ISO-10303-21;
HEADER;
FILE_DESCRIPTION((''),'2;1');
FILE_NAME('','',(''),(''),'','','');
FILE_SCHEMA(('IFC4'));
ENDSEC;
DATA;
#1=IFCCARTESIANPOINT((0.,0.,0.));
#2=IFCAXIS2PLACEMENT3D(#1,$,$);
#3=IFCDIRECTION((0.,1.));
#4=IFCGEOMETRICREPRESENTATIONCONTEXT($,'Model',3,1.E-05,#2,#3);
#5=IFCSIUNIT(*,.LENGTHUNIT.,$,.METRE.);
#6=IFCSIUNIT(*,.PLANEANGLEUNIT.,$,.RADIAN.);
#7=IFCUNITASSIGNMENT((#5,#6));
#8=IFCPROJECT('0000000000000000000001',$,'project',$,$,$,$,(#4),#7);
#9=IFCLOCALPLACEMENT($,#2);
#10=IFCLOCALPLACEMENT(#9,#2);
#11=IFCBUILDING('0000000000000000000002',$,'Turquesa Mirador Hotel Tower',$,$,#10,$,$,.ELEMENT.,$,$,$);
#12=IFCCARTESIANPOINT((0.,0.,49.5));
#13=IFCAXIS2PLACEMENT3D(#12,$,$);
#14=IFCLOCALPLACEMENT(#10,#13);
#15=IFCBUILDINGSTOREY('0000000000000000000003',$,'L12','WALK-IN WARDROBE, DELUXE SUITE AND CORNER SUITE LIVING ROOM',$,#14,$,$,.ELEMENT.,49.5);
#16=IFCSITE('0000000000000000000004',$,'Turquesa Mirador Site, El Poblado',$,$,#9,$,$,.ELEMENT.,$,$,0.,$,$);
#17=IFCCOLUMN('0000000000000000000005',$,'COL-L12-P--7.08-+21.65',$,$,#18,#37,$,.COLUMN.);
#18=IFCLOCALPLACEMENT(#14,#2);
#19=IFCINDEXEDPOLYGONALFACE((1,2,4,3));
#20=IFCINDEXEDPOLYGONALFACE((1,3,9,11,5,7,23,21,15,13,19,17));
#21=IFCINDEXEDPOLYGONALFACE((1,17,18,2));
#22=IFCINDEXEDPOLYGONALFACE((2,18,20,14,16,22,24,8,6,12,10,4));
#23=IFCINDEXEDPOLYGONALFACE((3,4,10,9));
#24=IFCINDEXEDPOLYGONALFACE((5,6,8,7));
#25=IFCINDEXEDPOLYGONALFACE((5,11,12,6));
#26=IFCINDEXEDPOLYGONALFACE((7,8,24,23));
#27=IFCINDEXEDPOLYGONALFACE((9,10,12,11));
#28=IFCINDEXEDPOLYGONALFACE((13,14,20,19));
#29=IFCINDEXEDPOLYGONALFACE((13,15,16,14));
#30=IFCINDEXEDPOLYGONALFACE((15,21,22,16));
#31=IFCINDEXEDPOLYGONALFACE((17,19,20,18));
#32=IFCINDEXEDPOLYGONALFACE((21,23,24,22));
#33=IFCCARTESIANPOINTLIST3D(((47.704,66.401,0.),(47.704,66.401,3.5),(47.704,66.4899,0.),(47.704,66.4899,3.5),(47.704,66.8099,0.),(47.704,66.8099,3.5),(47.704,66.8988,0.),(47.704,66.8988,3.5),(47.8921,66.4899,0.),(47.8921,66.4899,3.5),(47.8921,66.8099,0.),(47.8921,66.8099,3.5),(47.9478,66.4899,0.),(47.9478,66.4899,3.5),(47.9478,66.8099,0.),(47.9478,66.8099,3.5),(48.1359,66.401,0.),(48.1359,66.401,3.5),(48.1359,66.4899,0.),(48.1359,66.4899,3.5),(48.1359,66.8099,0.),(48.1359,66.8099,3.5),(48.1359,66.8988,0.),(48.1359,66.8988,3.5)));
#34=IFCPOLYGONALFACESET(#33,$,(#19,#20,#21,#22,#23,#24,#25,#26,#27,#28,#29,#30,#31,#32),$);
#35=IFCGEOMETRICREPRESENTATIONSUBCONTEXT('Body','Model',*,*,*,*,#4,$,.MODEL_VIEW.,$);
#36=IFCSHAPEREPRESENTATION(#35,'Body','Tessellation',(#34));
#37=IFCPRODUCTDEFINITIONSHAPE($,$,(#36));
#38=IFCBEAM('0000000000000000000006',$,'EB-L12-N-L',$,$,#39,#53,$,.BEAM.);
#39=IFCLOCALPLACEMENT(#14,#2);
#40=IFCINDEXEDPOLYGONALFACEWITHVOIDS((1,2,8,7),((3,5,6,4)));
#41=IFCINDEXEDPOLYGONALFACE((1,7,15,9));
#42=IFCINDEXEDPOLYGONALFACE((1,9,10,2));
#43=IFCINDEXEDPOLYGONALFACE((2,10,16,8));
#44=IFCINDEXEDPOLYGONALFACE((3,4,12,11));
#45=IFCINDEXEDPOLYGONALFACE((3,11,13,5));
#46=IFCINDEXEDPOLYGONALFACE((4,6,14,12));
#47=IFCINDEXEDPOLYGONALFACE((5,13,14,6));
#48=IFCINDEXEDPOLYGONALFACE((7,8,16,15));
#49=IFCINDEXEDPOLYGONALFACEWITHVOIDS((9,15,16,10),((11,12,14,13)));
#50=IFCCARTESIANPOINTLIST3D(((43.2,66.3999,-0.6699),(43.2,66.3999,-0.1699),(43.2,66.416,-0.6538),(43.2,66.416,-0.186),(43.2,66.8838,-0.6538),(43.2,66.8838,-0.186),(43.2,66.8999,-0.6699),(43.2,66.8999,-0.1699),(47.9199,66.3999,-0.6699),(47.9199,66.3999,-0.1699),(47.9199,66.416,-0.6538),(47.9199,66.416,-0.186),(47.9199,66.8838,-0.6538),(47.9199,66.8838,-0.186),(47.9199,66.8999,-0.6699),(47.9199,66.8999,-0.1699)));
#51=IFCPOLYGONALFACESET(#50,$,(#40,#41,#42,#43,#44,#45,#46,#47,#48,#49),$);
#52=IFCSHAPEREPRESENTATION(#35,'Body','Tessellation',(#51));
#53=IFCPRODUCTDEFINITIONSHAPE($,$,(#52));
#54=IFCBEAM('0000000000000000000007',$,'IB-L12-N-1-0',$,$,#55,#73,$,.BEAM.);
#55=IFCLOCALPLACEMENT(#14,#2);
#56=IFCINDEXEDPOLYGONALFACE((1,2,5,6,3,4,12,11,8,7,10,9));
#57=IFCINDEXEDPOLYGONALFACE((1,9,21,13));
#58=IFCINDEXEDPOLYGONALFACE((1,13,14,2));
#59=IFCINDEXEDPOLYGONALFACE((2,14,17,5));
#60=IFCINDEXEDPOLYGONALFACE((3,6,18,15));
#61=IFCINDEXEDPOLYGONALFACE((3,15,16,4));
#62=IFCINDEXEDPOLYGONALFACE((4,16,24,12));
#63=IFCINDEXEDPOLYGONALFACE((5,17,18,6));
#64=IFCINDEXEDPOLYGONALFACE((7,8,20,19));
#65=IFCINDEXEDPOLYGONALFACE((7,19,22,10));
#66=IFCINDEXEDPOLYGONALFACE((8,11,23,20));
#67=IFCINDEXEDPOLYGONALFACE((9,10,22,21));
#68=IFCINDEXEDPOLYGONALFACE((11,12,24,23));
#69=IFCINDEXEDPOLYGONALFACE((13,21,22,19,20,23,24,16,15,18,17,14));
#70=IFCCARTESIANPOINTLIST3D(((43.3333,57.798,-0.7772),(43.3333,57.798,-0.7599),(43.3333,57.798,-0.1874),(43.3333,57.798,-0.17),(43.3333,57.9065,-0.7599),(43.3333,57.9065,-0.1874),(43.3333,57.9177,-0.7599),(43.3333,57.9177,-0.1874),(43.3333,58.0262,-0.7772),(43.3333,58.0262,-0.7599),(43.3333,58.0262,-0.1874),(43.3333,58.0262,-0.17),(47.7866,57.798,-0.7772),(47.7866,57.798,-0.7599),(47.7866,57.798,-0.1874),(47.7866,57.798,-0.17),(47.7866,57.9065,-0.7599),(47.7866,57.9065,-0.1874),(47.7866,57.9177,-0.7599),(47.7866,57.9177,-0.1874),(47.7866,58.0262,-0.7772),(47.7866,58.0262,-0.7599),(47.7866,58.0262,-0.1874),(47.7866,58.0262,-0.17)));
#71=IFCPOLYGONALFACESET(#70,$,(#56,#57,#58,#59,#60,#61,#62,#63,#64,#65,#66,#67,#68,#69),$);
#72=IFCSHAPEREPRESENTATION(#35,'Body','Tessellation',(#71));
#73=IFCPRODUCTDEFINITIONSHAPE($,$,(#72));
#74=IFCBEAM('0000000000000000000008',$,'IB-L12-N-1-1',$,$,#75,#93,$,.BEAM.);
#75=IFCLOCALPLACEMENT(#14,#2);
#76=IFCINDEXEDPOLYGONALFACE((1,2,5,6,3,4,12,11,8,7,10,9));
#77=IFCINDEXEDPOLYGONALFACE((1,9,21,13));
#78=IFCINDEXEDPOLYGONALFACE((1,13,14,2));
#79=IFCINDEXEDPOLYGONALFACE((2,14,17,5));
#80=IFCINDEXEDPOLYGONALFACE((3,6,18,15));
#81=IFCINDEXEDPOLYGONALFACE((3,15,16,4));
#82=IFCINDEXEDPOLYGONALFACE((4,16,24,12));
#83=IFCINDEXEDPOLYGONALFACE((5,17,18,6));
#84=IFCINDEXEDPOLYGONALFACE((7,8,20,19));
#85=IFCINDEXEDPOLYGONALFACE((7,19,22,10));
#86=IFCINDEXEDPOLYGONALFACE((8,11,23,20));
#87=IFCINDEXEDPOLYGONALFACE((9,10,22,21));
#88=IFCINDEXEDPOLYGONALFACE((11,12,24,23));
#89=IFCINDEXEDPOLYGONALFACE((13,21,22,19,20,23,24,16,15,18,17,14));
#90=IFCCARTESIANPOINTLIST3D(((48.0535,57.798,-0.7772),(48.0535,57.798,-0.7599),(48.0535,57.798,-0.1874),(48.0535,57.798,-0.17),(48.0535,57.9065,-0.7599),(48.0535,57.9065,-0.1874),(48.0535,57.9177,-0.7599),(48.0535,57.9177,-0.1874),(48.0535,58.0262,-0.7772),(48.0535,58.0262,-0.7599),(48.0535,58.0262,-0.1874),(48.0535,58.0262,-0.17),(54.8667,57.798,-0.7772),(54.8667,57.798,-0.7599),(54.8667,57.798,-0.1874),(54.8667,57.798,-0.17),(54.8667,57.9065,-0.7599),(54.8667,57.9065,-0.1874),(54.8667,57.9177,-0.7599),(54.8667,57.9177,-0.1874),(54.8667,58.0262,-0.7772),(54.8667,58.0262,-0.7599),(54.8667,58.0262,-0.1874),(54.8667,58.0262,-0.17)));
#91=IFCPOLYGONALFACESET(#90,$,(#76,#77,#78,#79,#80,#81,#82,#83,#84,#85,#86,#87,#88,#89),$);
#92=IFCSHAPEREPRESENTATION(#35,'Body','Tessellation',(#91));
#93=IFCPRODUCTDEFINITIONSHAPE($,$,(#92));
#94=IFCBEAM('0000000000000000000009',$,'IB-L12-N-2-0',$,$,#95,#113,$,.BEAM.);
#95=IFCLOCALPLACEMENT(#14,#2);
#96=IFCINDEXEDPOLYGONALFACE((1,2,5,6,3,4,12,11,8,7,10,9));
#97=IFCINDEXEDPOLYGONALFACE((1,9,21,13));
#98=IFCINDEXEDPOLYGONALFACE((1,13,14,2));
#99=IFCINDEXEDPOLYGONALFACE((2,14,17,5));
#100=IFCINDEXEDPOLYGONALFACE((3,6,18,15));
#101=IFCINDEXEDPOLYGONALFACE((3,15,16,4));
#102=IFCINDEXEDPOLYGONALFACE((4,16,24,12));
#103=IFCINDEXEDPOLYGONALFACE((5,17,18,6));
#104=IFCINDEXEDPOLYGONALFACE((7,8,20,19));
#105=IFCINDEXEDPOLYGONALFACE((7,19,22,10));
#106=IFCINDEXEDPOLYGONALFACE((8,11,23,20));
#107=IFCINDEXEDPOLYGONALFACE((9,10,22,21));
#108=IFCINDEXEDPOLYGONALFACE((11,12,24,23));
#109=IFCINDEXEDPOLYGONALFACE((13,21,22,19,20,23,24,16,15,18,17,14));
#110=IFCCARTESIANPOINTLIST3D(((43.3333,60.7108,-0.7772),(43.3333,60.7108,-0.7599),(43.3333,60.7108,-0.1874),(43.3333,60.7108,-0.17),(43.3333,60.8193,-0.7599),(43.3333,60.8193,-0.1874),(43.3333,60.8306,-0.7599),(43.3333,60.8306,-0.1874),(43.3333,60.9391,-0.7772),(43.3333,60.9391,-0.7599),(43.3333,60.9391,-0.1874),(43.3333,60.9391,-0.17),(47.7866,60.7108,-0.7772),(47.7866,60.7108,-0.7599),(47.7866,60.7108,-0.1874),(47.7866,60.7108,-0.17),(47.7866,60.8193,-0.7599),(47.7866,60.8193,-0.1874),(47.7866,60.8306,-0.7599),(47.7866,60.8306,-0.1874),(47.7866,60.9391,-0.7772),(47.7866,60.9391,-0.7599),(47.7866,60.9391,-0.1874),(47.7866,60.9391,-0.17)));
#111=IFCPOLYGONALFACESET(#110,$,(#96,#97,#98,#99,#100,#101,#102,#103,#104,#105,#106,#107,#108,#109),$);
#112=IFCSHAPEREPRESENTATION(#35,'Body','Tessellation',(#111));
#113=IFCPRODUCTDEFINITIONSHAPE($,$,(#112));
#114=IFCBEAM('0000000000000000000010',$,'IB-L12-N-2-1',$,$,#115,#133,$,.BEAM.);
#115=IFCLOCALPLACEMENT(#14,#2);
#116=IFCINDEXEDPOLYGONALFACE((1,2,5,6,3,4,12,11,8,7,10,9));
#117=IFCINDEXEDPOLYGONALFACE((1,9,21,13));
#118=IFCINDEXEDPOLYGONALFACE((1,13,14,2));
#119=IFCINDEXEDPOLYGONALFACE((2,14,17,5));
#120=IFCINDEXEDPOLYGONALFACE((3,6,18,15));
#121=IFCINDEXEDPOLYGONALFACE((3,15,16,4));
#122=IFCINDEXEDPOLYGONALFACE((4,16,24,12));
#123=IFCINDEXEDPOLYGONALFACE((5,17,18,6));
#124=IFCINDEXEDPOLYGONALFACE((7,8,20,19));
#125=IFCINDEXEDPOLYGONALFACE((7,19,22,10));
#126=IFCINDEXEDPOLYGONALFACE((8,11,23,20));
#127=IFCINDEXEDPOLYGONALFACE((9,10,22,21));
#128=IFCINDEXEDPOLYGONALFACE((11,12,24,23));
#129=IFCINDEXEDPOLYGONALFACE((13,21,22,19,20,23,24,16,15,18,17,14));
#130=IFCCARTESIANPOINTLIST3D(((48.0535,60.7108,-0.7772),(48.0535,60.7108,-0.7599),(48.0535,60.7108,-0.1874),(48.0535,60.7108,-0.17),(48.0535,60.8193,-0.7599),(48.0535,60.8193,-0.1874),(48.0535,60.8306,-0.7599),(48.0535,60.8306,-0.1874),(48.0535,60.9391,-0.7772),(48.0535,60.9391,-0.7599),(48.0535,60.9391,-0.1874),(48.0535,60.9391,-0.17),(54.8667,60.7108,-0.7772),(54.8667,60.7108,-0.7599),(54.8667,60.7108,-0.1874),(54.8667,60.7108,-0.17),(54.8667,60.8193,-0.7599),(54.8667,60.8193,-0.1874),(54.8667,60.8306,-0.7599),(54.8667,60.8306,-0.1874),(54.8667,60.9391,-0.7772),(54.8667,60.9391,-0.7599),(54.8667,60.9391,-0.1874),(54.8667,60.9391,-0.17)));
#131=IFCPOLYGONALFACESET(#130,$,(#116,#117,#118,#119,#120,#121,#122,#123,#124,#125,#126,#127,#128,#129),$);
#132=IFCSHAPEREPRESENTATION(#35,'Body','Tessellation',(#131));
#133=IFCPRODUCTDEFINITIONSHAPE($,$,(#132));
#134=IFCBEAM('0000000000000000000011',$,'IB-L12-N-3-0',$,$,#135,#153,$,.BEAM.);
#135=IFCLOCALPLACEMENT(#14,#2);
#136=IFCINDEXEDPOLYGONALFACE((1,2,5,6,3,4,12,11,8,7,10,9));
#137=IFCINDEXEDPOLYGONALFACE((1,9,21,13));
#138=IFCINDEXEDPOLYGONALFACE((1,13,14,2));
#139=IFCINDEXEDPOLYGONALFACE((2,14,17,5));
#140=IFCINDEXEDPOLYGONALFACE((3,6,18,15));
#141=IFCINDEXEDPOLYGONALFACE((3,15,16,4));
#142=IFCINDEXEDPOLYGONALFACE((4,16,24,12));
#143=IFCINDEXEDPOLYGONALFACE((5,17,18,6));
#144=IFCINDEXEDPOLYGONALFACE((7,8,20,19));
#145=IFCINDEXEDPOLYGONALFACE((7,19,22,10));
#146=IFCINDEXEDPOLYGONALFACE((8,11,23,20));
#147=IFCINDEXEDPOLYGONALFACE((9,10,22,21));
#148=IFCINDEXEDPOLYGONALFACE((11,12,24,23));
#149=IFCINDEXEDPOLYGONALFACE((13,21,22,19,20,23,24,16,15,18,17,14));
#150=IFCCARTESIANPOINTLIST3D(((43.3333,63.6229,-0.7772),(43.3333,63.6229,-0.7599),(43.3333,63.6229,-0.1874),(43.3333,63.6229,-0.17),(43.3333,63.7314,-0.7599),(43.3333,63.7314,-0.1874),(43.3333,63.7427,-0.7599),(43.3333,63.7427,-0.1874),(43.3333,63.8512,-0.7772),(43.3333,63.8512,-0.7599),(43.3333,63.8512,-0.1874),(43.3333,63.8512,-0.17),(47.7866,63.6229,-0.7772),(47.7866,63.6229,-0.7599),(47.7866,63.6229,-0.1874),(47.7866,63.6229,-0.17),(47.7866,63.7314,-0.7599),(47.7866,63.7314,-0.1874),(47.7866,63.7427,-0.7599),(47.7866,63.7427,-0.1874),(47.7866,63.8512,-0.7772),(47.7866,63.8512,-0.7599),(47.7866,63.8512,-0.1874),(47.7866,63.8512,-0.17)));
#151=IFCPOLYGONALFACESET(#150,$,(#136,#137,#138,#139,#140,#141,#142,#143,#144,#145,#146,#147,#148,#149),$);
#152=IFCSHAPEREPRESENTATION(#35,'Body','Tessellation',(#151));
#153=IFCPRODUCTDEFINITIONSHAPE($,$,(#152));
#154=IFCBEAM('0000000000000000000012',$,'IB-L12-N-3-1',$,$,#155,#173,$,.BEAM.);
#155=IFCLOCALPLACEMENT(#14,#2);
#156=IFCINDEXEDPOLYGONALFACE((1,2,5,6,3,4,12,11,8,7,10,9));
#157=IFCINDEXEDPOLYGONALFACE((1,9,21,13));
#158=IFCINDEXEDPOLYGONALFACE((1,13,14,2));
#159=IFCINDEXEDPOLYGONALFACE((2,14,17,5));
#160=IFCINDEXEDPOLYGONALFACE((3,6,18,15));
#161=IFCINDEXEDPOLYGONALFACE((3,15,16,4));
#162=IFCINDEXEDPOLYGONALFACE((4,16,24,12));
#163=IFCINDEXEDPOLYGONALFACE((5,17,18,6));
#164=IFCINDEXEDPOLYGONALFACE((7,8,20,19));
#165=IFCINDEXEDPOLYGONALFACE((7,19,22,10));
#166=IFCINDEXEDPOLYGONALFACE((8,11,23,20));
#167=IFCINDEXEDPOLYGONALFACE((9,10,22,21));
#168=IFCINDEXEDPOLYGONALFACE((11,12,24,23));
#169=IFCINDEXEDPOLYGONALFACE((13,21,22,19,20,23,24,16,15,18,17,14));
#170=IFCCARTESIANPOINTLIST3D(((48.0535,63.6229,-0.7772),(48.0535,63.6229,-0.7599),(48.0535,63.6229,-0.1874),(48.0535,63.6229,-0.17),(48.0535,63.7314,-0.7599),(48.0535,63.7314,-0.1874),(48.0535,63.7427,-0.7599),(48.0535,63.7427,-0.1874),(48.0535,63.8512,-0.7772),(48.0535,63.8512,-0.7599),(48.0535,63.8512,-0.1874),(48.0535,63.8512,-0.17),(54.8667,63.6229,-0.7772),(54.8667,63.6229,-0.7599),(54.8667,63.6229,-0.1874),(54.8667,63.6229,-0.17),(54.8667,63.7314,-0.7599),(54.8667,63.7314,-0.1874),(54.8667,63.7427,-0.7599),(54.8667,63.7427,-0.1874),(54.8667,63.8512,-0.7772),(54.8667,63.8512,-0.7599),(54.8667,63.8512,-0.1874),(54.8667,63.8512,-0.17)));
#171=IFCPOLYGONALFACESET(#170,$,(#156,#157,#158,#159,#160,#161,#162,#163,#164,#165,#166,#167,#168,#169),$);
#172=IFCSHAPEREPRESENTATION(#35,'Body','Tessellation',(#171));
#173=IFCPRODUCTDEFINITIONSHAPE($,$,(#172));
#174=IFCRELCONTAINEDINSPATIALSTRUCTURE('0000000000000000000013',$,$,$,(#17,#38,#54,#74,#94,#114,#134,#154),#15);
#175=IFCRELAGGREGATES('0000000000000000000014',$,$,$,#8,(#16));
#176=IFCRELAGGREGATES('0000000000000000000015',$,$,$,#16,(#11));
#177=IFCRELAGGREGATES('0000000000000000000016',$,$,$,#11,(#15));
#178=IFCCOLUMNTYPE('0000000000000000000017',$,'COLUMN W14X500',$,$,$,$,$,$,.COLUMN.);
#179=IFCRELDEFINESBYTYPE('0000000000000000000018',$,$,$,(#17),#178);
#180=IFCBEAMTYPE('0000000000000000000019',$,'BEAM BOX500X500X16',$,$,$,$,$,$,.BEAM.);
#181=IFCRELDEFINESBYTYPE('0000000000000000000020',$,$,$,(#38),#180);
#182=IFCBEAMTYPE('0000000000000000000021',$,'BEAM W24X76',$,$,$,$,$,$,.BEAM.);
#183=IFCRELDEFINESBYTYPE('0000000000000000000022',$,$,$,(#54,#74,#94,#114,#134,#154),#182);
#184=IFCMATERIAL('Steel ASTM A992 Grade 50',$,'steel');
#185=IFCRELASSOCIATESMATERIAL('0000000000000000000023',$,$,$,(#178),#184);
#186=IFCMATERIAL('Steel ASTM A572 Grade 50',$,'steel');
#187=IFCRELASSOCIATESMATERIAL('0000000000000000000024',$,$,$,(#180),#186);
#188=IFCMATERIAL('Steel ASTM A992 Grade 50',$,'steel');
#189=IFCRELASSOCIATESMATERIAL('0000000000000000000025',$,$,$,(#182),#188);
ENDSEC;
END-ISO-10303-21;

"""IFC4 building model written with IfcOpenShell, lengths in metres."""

from ifc_helpers import new_model, si_unit, direction, frame, origin, origin_2d, place, context, subcontext, project, spatial, hollow_rectangle, i_section, extrude, material, material_profile, profile_set, type_object, element, save


model = new_model("IFC4")

# Units and contexts
model_context = context("Model", 3, precision=1e-05, world=origin(), true_north=direction((0.0, 1.0)))
body_context = subcontext(model_context, "Body", "Model", "MODEL_VIEW")
ifc_project = project(units=[si_unit("LENGTHUNIT", "METRE"), si_unit("PLANEANGLEUNIT", "RADIAN")], contexts=[model_context])

# Site, building, storey
site_placement = place(None, origin())
site = spatial("IfcSite", under=ifc_project, at=site_placement, Name="Turquesa Mirador Site, El Poblado", CompositionType="ELEMENT", RefElevation=0.0)
building_placement = place(site_placement, origin())
building = spatial("IfcBuilding", under=site, at=building_placement, Name="Turquesa Mirador Hotel Tower", CompositionType="ELEMENT")
storey_placement = place(building_placement, frame((0.0, 0.0, 49.5)))
storey = spatial("IfcBuildingStorey", under=building, at=storey_placement, Name="L12", Description="WALK-IN WARDROBE, DELUXE SUITE AND CORNER SUITE LIVING ROOM", CompositionType="ELEMENT", Elevation=49.5)

# Column
ifc_material_1 = material(Name="Steel ASTM A992 Grade 50", Category="steel")
ifc_material_profile_1 = material_profile(ifc_material_1, i_section(OverallWidth=0.4319, OverallDepth=0.4978, WebThickness=0.0557, FlangeThickness=0.0889, at=origin_2d()), Name="W14X500")
ifc_profile_set_1 = profile_set([ifc_material_profile_1], Name="Steel ASTM A992 Grade 50")
column_type = type_object("IfcColumnType", Name="COLUMN W14X500", PredefinedType="COLUMN", material=ifc_profile_set_1)
column_placement = place(storey_placement, frame((47.9199, 66.6499, 0.0), z_axis=(0.0, 0.0, 1.0), x_axis=(1.0, 0.0, 0.0)))
element("IfcColumn", 1, at=column_placement, inside=storey, type_object=column_type, Name="COL-L12-P--7.08-+21.65", PredefinedType="COLUMN", context=body_context, shape_type="SweptSolid", body=[
    extrude(i_section(OverallWidth=0.4319, OverallDepth=0.4978, WebThickness=0.0557, FlangeThickness=0.0889, at=origin_2d()), origin(), (0.0, 0.0, 1.0), 3.5),
])

# Beams
ifc_material_2 = material(Name="Steel ASTM A572 Grade 50", Category="steel")
ifc_material_profile_2 = material_profile(ifc_material_2, hollow_rectangle(XDim=0.5, YDim=0.5, WallThickness=0.0161, at=origin_2d()), Name="BOX500X500X16")
ifc_profile_set_2 = profile_set([ifc_material_profile_2], Name="Steel ASTM A572 Grade 50")
beam_type_1 = type_object("IfcBeamType", Name="BEAM BOX500X500X16", PredefinedType="BEAM", material=ifc_profile_set_2)
beam_1_placement = place(storey_placement, frame((43.2, 66.6499, -0.4199), z_axis=(1.0, 0.0, 0.0), x_axis=(0.0, 1.0, 0.0)))
element("IfcBeam", 2, at=beam_1_placement, inside=storey, type_object=beam_type_1, Name="EB-L12-N-L", PredefinedType="BEAM", context=body_context, shape_type="SweptSolid", body=[
    extrude(hollow_rectangle(XDim=0.5, YDim=0.5, WallThickness=0.0161, at=origin_2d()), origin(), (0.0, 0.0, 1.0), 4.72),
])
ifc_material_3 = material(Name="Steel ASTM A992 Grade 50", Category="steel")
ifc_material_profile_3 = material_profile(ifc_material_3, i_section(OverallWidth=0.2283, OverallDepth=0.6072, WebThickness=0.0112, FlangeThickness=0.0173, at=origin_2d()), Name="W24X76")
ifc_profile_set_3 = profile_set([ifc_material_profile_3], Name="Steel ASTM A992 Grade 50")
beam_type_2 = type_object("IfcBeamType", Name="BEAM W24X76", PredefinedType="BEAM", material=ifc_profile_set_3)
beam_2_placement = place(storey_placement, frame((43.3333, 57.9121, -0.4736), z_axis=(1.0, 0.0, 0.0), x_axis=(0.0, 1.0, 0.0)))
element("IfcBeam", 3, at=beam_2_placement, inside=storey, type_object=beam_type_2, Name="IB-L12-N-1-0", PredefinedType="BEAM", context=body_context, shape_type="SweptSolid", body=[
    extrude(i_section(OverallWidth=0.2283, OverallDepth=0.6072, WebThickness=0.0112, FlangeThickness=0.0173, at=origin_2d()), origin(), (0.0, 0.0, 1.0), 4.4534),
])
beam_3_placement = place(storey_placement, frame((48.0535, 57.9121, -0.4736), z_axis=(1.0, 0.0, 0.0), x_axis=(0.0, 1.0, 0.0)))
element("IfcBeam", 4, at=beam_3_placement, inside=storey, type_object=beam_type_2, Name="IB-L12-N-1-1", PredefinedType="BEAM", context=body_context, shape_type="SweptSolid", body=[
    extrude(i_section(OverallWidth=0.2283, OverallDepth=0.6072, WebThickness=0.0112, FlangeThickness=0.0173, at=origin_2d()), origin(), (0.0, 0.0, 1.0), 6.8132),
])
beam_4_placement = place(storey_placement, frame((43.3333, 60.825, -0.4736), z_axis=(1.0, 0.0, 0.0), x_axis=(0.0, 1.0, 0.0)))
element("IfcBeam", 5, at=beam_4_placement, inside=storey, type_object=beam_type_2, Name="IB-L12-N-2-0", PredefinedType="BEAM", context=body_context, shape_type="SweptSolid", body=[
    extrude(i_section(OverallWidth=0.2283, OverallDepth=0.6072, WebThickness=0.0112, FlangeThickness=0.0173, at=origin_2d()), origin(), (0.0, 0.0, 1.0), 4.4534),
])
beam_5_placement = place(storey_placement, frame((48.0535, 60.825, -0.4736), z_axis=(1.0, 0.0, 0.0), x_axis=(0.0, 1.0, 0.0)))
element("IfcBeam", 6, at=beam_5_placement, inside=storey, type_object=beam_type_2, Name="IB-L12-N-2-1", PredefinedType="BEAM", context=body_context, shape_type="SweptSolid", body=[
    extrude(i_section(OverallWidth=0.2283, OverallDepth=0.6072, WebThickness=0.0112, FlangeThickness=0.0173, at=origin_2d()), origin(), (0.0, 0.0, 1.0), 6.8132),
])
beam_6_placement = place(storey_placement, frame((43.3333, 63.7371, -0.4736), z_axis=(1.0, 0.0, 0.0), x_axis=(0.0, 1.0, 0.0)))
element("IfcBeam", 7, at=beam_6_placement, inside=storey, type_object=beam_type_2, Name="IB-L12-N-3-0", PredefinedType="BEAM", context=body_context, shape_type="SweptSolid", body=[
    extrude(i_section(OverallWidth=0.2283, OverallDepth=0.6072, WebThickness=0.0112, FlangeThickness=0.0173, at=origin_2d()), origin(), (0.0, 0.0, 1.0), 4.4534),
])
beam_7_placement = place(storey_placement, frame((48.0535, 63.7371, -0.4736), z_axis=(1.0, 0.0, 0.0), x_axis=(0.0, 1.0, 0.0)))
element("IfcBeam", 8, at=beam_7_placement, inside=storey, type_object=beam_type_2, Name="IB-L12-N-3-1", PredefinedType="BEAM", context=body_context, shape_type="SweptSolid", body=[
    extrude(i_section(OverallWidth=0.2283, OverallDepth=0.6072, WebThickness=0.0112, FlangeThickness=0.0173, at=origin_2d()), origin(), (0.0, 0.0, 1.0), 6.8132),
])

save(model, "model.ifc")
